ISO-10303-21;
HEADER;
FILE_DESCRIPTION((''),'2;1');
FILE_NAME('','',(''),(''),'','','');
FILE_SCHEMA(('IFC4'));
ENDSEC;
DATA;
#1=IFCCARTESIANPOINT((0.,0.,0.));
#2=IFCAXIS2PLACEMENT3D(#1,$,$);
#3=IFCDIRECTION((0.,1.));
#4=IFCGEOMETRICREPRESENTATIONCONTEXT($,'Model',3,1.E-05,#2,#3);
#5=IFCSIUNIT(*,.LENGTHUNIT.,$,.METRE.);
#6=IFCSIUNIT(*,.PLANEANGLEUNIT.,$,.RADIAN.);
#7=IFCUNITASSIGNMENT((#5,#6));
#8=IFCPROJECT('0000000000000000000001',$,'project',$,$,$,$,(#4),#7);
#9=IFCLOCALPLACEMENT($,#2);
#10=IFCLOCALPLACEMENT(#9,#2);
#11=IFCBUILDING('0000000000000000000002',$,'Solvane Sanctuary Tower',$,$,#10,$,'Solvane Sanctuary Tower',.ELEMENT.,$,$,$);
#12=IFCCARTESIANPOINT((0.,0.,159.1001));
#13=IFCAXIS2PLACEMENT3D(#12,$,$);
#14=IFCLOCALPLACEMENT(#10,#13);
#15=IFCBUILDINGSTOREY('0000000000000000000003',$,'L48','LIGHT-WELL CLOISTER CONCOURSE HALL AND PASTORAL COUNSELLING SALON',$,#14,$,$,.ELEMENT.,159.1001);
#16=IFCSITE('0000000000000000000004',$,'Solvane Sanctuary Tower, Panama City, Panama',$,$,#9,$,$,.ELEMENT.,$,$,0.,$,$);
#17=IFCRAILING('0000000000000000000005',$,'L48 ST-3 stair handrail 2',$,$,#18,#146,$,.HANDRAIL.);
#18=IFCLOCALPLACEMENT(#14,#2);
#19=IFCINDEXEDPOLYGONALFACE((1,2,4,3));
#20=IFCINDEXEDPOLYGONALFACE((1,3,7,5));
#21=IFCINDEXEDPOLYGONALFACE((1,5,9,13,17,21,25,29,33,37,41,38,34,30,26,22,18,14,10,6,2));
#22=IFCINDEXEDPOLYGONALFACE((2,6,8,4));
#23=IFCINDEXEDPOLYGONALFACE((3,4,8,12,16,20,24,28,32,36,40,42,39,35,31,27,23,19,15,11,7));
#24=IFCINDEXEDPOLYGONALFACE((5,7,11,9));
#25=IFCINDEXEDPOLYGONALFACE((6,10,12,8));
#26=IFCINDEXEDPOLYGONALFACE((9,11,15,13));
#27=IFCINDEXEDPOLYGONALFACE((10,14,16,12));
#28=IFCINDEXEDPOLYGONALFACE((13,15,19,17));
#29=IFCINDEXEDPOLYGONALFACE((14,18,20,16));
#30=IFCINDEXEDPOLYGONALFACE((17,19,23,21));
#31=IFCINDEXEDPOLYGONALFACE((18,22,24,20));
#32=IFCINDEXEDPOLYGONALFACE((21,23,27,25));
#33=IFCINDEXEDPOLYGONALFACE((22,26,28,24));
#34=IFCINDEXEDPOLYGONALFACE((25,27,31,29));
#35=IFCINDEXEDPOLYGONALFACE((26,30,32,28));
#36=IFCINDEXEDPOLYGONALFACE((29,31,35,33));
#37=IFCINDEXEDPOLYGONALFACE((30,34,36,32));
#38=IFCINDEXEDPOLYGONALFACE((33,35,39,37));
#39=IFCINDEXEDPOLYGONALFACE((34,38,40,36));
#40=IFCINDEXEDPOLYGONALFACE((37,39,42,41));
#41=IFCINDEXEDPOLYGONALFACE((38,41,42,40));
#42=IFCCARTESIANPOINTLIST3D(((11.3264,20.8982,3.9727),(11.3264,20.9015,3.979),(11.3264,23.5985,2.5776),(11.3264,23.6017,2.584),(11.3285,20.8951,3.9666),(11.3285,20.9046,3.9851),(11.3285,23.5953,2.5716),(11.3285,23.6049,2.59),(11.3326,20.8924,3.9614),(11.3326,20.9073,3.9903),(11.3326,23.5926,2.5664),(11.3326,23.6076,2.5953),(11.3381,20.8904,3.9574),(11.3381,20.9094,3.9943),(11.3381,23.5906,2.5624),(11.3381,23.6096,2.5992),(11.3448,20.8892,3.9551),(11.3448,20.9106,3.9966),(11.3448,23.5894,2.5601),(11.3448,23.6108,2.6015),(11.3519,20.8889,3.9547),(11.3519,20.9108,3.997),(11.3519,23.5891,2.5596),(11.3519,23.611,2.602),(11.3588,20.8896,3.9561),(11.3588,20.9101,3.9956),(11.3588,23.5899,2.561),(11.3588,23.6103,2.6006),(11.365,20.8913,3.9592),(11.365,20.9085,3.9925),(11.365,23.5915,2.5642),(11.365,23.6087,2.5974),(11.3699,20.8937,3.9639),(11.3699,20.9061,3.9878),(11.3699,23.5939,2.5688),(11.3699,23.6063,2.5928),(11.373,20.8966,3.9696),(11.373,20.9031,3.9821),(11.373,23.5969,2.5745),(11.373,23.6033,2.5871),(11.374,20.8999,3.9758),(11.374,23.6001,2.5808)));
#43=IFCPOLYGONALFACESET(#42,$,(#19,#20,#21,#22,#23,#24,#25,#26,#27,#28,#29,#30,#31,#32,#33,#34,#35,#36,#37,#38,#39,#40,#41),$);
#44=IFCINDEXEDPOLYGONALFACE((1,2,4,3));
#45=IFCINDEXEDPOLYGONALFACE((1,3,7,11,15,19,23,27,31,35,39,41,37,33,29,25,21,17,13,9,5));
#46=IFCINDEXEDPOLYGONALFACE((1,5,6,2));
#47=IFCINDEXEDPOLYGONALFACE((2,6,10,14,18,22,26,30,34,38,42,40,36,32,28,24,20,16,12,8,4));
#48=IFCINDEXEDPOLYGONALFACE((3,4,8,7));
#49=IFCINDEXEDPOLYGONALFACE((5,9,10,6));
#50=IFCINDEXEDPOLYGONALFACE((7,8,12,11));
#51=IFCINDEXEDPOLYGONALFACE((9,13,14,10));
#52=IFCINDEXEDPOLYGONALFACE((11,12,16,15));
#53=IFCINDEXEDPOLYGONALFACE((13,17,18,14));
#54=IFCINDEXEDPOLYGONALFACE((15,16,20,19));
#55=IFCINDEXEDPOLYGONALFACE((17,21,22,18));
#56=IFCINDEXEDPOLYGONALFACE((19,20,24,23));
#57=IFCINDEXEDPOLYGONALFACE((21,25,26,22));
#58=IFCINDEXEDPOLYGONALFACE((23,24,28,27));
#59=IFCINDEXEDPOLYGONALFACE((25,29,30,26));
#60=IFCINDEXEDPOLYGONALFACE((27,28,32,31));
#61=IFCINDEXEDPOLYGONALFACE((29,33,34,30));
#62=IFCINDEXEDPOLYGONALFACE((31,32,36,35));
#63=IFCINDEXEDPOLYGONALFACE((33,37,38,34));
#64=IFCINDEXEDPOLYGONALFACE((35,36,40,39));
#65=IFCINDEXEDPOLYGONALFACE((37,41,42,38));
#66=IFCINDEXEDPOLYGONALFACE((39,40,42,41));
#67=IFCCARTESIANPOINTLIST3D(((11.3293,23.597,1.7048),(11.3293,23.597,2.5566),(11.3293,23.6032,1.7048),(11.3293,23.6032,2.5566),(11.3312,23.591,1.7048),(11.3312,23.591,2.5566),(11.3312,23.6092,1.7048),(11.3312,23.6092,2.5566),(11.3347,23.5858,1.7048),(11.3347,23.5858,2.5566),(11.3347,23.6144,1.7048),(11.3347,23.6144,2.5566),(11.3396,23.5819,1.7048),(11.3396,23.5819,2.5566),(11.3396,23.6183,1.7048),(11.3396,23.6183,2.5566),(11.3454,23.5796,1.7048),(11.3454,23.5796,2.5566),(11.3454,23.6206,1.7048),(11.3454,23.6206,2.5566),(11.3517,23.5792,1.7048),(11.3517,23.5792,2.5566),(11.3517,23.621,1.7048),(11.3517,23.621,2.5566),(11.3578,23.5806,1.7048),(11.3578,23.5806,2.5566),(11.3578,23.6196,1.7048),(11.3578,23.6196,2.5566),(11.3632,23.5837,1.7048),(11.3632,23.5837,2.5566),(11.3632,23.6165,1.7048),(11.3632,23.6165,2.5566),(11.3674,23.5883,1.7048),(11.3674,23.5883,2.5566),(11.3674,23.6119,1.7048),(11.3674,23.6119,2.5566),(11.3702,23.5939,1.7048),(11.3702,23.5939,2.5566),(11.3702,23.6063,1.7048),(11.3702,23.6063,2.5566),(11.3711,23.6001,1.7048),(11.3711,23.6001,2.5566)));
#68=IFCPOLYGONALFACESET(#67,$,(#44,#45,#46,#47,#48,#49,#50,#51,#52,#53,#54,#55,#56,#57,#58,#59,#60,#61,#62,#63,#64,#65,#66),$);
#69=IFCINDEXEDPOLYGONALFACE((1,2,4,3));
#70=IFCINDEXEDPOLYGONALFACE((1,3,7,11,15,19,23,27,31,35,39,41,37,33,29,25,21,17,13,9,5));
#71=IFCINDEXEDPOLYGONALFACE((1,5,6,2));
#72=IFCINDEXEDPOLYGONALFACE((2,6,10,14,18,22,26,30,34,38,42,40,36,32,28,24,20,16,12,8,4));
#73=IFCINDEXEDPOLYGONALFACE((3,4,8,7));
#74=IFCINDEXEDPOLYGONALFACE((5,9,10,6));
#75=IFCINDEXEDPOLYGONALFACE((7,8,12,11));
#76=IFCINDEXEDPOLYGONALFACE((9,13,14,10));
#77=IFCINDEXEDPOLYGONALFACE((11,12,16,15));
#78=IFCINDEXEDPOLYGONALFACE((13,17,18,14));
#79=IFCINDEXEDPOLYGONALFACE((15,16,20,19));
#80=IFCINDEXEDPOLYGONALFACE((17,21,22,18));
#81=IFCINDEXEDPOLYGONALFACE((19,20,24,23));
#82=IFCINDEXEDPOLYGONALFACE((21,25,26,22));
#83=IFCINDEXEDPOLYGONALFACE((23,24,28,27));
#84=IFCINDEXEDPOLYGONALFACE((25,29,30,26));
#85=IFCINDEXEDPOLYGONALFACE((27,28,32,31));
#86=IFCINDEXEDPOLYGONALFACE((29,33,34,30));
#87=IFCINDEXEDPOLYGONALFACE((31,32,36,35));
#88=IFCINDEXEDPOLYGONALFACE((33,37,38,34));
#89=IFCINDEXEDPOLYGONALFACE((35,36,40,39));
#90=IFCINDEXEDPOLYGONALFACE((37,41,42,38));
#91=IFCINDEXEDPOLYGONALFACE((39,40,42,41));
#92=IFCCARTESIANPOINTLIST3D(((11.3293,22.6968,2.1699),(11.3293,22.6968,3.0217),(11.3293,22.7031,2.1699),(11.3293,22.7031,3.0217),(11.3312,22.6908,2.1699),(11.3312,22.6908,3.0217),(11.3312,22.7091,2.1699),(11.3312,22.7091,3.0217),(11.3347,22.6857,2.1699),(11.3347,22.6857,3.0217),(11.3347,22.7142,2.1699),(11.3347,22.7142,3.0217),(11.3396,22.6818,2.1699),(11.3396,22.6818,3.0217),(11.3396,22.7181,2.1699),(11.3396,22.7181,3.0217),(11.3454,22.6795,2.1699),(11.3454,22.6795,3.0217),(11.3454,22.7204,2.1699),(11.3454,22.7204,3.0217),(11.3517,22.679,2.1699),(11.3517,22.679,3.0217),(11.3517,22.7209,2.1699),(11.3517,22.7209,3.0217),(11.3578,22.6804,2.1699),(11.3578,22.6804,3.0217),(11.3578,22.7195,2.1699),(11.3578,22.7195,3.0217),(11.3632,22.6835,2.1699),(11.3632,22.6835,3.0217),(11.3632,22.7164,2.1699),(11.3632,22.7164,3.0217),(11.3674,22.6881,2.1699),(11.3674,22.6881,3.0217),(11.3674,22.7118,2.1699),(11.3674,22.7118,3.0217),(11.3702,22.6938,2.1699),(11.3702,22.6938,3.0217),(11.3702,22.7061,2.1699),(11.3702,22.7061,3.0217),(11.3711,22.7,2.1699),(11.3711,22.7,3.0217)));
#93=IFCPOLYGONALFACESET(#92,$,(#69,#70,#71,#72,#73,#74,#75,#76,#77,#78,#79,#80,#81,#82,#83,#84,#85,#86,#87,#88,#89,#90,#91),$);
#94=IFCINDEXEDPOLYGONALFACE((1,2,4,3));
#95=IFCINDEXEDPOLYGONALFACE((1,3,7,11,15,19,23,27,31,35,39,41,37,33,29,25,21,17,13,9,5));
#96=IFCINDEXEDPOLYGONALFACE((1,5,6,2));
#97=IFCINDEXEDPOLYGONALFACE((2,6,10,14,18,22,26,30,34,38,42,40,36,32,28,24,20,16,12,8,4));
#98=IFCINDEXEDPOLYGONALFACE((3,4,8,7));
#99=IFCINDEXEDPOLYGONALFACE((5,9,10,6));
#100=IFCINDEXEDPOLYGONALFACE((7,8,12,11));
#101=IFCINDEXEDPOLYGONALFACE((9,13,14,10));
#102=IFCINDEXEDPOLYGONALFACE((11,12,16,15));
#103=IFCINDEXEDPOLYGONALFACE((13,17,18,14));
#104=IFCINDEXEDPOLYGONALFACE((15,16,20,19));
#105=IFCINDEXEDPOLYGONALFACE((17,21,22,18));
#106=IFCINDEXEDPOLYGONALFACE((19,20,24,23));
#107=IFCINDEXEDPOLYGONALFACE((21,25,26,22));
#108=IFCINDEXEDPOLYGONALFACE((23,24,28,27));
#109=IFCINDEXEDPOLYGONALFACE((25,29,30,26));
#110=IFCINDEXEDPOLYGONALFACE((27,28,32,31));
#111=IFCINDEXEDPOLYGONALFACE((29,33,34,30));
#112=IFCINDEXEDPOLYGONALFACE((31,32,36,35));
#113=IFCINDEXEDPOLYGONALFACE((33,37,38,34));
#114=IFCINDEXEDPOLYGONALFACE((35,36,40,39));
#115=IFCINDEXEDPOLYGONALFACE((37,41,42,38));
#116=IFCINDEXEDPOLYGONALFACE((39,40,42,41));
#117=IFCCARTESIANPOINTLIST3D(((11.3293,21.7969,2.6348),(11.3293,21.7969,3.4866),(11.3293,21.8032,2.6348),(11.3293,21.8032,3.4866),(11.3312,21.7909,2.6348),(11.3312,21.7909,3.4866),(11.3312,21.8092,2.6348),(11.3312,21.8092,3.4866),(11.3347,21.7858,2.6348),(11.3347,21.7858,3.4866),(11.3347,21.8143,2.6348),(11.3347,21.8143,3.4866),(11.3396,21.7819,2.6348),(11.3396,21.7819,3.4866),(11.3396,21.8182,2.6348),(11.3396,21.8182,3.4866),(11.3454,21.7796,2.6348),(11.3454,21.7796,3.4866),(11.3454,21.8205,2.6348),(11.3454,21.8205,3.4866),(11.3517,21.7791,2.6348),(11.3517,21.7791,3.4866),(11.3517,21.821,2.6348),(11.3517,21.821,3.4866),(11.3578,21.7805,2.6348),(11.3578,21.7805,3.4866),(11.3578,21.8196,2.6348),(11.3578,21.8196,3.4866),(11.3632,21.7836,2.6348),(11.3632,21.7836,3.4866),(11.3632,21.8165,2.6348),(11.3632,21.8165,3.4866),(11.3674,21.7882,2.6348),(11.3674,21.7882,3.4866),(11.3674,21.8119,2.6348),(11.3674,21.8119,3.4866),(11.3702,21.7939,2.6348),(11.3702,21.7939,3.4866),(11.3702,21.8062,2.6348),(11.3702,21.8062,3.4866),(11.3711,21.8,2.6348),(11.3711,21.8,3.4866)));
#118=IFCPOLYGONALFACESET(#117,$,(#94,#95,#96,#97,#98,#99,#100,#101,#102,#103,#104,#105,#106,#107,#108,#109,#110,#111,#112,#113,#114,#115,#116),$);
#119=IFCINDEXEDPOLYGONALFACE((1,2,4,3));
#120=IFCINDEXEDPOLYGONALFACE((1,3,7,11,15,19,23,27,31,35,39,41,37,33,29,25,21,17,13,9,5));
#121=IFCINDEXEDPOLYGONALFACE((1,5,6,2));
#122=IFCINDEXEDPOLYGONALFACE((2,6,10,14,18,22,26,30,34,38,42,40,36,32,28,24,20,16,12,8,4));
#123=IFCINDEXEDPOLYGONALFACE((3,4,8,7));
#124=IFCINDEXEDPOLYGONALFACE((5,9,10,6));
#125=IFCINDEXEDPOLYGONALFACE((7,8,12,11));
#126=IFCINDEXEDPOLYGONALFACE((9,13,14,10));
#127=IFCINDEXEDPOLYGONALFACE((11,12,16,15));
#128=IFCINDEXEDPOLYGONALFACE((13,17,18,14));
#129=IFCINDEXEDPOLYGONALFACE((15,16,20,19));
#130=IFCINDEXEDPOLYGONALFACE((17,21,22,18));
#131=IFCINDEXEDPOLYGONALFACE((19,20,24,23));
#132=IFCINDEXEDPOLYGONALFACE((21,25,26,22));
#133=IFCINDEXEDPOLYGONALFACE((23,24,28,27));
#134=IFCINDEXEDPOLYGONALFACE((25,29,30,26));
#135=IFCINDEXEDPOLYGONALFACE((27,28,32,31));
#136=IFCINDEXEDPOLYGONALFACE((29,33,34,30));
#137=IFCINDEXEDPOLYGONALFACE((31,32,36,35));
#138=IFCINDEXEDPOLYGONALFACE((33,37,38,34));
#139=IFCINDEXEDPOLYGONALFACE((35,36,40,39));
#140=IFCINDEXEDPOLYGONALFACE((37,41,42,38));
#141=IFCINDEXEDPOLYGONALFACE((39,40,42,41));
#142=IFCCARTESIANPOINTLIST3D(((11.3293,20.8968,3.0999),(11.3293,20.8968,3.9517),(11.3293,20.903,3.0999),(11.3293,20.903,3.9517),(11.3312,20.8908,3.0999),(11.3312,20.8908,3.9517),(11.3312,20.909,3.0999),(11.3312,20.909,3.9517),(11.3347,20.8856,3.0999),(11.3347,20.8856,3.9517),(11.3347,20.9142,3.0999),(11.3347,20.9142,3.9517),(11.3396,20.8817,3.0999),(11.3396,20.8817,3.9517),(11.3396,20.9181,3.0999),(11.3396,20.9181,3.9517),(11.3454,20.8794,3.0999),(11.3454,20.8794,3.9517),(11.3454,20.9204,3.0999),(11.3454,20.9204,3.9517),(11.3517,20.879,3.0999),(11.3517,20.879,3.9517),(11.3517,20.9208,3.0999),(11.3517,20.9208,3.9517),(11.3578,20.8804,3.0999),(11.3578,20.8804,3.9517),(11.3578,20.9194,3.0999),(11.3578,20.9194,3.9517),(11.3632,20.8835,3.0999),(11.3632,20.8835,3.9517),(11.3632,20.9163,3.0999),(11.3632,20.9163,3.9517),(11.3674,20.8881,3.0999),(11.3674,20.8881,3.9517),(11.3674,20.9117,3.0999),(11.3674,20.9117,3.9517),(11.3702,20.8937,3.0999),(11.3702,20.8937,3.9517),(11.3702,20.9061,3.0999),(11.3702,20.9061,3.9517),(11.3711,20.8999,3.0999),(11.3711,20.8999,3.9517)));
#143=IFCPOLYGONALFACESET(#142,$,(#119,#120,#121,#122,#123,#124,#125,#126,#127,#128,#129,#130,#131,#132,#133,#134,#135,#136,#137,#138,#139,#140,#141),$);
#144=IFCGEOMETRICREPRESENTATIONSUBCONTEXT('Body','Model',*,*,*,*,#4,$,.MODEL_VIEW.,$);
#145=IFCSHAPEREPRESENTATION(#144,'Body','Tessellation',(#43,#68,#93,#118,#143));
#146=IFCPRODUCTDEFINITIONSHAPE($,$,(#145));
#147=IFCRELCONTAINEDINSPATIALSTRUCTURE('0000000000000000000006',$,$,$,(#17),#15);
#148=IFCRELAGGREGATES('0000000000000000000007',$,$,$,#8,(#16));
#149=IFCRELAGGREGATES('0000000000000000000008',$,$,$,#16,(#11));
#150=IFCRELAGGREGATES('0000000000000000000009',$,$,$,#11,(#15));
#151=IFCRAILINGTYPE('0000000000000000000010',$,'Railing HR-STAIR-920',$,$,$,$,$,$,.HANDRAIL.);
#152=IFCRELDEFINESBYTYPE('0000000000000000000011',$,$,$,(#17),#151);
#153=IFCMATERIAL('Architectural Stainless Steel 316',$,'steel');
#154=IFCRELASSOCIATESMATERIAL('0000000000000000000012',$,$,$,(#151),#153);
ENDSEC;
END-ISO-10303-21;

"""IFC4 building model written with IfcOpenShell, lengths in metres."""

from ifc_helpers import new_model, si_unit, direction, frame, origin, origin_2d, place, context, subcontext, project, spatial, circle, extrude, material, type_object, element, save


model = new_model("IFC4")

# Units and contexts
model_context = context("Model", 3, precision=1e-05, world=origin(), true_north=direction((0.0, 1.0)))
body_context = subcontext(model_context, "Body", "Model", "MODEL_VIEW")
ifc_project = project(units=[si_unit("LENGTHUNIT", "METRE"), si_unit("PLANEANGLEUNIT", "RADIAN")], contexts=[model_context])

# Site, building, storey
site_placement = place(None, origin())
site = spatial("IfcSite", under=ifc_project, at=site_placement, Name="Solvane Sanctuary Tower, Panama City, Panama", CompositionType="ELEMENT", RefElevation=0.0)
building_placement = place(site_placement, origin())
building = spatial("IfcBuilding", under=site, at=building_placement, Name="Solvane Sanctuary Tower", LongName="Solvane Sanctuary Tower", CompositionType="ELEMENT")
storey_placement = place(building_placement, frame((0.0, 0.0, 159.1001)))
storey = spatial("IfcBuildingStorey", under=building, at=storey_placement, Name="L48", Description="LIGHT-WELL CLOISTER CONCOURSE HALL AND PASTORAL COUNSELLING SALON", CompositionType="ELEMENT", Elevation=159.1001)

# Shared definitions
ifc_material_1 = material(Name="Architectural Stainless Steel 316", Category="steel")

# Railing
railing_type_1 = type_object("IfcRailingType", Name="Railing HR-STAIR-920", PredefinedType="HANDRAIL", material=ifc_material_1)
railing_1_placement = place(storey_placement, frame((11.3501, 23.6001, 1.7048)))
element("IfcRailing", 1, at=railing_1_placement, inside=storey, type_object=railing_type_1, Name="L48 ST-3 stair handrail 2", PredefinedType="HANDRAIL", context=body_context, shape_type="SweptSolid", body=[
    extrude(circle(Radius=0.0239, at=origin_2d()), frame((0.0, 0.0, 0.876), z_axis=(0.0, -0.888437, 0.458999), x_axis=(1.0, 0.0, 0.0)), (0.0, 0.0, 1.0), 3.0393),
    extrude(circle(Radius=0.021, at=origin_2d()), origin(), (0.0, 0.0, 1.0), 0.8518),
    extrude(circle(Radius=0.021, at=origin_2d()), frame((0.0, -0.9001, 0.4651)), (0.0, 0.0, 1.0), 0.8518),
    extrude(circle(Radius=0.021, at=origin_2d()), frame((0.0, -1.8, 0.9299)), (0.0, 0.0, 1.0), 0.8518),
    extrude(circle(Radius=0.021, at=origin_2d()), frame((0.0, -2.7002, 1.395)), (0.0, 0.0, 1.0), 0.8518),
])

save(model, "model.ifc")
